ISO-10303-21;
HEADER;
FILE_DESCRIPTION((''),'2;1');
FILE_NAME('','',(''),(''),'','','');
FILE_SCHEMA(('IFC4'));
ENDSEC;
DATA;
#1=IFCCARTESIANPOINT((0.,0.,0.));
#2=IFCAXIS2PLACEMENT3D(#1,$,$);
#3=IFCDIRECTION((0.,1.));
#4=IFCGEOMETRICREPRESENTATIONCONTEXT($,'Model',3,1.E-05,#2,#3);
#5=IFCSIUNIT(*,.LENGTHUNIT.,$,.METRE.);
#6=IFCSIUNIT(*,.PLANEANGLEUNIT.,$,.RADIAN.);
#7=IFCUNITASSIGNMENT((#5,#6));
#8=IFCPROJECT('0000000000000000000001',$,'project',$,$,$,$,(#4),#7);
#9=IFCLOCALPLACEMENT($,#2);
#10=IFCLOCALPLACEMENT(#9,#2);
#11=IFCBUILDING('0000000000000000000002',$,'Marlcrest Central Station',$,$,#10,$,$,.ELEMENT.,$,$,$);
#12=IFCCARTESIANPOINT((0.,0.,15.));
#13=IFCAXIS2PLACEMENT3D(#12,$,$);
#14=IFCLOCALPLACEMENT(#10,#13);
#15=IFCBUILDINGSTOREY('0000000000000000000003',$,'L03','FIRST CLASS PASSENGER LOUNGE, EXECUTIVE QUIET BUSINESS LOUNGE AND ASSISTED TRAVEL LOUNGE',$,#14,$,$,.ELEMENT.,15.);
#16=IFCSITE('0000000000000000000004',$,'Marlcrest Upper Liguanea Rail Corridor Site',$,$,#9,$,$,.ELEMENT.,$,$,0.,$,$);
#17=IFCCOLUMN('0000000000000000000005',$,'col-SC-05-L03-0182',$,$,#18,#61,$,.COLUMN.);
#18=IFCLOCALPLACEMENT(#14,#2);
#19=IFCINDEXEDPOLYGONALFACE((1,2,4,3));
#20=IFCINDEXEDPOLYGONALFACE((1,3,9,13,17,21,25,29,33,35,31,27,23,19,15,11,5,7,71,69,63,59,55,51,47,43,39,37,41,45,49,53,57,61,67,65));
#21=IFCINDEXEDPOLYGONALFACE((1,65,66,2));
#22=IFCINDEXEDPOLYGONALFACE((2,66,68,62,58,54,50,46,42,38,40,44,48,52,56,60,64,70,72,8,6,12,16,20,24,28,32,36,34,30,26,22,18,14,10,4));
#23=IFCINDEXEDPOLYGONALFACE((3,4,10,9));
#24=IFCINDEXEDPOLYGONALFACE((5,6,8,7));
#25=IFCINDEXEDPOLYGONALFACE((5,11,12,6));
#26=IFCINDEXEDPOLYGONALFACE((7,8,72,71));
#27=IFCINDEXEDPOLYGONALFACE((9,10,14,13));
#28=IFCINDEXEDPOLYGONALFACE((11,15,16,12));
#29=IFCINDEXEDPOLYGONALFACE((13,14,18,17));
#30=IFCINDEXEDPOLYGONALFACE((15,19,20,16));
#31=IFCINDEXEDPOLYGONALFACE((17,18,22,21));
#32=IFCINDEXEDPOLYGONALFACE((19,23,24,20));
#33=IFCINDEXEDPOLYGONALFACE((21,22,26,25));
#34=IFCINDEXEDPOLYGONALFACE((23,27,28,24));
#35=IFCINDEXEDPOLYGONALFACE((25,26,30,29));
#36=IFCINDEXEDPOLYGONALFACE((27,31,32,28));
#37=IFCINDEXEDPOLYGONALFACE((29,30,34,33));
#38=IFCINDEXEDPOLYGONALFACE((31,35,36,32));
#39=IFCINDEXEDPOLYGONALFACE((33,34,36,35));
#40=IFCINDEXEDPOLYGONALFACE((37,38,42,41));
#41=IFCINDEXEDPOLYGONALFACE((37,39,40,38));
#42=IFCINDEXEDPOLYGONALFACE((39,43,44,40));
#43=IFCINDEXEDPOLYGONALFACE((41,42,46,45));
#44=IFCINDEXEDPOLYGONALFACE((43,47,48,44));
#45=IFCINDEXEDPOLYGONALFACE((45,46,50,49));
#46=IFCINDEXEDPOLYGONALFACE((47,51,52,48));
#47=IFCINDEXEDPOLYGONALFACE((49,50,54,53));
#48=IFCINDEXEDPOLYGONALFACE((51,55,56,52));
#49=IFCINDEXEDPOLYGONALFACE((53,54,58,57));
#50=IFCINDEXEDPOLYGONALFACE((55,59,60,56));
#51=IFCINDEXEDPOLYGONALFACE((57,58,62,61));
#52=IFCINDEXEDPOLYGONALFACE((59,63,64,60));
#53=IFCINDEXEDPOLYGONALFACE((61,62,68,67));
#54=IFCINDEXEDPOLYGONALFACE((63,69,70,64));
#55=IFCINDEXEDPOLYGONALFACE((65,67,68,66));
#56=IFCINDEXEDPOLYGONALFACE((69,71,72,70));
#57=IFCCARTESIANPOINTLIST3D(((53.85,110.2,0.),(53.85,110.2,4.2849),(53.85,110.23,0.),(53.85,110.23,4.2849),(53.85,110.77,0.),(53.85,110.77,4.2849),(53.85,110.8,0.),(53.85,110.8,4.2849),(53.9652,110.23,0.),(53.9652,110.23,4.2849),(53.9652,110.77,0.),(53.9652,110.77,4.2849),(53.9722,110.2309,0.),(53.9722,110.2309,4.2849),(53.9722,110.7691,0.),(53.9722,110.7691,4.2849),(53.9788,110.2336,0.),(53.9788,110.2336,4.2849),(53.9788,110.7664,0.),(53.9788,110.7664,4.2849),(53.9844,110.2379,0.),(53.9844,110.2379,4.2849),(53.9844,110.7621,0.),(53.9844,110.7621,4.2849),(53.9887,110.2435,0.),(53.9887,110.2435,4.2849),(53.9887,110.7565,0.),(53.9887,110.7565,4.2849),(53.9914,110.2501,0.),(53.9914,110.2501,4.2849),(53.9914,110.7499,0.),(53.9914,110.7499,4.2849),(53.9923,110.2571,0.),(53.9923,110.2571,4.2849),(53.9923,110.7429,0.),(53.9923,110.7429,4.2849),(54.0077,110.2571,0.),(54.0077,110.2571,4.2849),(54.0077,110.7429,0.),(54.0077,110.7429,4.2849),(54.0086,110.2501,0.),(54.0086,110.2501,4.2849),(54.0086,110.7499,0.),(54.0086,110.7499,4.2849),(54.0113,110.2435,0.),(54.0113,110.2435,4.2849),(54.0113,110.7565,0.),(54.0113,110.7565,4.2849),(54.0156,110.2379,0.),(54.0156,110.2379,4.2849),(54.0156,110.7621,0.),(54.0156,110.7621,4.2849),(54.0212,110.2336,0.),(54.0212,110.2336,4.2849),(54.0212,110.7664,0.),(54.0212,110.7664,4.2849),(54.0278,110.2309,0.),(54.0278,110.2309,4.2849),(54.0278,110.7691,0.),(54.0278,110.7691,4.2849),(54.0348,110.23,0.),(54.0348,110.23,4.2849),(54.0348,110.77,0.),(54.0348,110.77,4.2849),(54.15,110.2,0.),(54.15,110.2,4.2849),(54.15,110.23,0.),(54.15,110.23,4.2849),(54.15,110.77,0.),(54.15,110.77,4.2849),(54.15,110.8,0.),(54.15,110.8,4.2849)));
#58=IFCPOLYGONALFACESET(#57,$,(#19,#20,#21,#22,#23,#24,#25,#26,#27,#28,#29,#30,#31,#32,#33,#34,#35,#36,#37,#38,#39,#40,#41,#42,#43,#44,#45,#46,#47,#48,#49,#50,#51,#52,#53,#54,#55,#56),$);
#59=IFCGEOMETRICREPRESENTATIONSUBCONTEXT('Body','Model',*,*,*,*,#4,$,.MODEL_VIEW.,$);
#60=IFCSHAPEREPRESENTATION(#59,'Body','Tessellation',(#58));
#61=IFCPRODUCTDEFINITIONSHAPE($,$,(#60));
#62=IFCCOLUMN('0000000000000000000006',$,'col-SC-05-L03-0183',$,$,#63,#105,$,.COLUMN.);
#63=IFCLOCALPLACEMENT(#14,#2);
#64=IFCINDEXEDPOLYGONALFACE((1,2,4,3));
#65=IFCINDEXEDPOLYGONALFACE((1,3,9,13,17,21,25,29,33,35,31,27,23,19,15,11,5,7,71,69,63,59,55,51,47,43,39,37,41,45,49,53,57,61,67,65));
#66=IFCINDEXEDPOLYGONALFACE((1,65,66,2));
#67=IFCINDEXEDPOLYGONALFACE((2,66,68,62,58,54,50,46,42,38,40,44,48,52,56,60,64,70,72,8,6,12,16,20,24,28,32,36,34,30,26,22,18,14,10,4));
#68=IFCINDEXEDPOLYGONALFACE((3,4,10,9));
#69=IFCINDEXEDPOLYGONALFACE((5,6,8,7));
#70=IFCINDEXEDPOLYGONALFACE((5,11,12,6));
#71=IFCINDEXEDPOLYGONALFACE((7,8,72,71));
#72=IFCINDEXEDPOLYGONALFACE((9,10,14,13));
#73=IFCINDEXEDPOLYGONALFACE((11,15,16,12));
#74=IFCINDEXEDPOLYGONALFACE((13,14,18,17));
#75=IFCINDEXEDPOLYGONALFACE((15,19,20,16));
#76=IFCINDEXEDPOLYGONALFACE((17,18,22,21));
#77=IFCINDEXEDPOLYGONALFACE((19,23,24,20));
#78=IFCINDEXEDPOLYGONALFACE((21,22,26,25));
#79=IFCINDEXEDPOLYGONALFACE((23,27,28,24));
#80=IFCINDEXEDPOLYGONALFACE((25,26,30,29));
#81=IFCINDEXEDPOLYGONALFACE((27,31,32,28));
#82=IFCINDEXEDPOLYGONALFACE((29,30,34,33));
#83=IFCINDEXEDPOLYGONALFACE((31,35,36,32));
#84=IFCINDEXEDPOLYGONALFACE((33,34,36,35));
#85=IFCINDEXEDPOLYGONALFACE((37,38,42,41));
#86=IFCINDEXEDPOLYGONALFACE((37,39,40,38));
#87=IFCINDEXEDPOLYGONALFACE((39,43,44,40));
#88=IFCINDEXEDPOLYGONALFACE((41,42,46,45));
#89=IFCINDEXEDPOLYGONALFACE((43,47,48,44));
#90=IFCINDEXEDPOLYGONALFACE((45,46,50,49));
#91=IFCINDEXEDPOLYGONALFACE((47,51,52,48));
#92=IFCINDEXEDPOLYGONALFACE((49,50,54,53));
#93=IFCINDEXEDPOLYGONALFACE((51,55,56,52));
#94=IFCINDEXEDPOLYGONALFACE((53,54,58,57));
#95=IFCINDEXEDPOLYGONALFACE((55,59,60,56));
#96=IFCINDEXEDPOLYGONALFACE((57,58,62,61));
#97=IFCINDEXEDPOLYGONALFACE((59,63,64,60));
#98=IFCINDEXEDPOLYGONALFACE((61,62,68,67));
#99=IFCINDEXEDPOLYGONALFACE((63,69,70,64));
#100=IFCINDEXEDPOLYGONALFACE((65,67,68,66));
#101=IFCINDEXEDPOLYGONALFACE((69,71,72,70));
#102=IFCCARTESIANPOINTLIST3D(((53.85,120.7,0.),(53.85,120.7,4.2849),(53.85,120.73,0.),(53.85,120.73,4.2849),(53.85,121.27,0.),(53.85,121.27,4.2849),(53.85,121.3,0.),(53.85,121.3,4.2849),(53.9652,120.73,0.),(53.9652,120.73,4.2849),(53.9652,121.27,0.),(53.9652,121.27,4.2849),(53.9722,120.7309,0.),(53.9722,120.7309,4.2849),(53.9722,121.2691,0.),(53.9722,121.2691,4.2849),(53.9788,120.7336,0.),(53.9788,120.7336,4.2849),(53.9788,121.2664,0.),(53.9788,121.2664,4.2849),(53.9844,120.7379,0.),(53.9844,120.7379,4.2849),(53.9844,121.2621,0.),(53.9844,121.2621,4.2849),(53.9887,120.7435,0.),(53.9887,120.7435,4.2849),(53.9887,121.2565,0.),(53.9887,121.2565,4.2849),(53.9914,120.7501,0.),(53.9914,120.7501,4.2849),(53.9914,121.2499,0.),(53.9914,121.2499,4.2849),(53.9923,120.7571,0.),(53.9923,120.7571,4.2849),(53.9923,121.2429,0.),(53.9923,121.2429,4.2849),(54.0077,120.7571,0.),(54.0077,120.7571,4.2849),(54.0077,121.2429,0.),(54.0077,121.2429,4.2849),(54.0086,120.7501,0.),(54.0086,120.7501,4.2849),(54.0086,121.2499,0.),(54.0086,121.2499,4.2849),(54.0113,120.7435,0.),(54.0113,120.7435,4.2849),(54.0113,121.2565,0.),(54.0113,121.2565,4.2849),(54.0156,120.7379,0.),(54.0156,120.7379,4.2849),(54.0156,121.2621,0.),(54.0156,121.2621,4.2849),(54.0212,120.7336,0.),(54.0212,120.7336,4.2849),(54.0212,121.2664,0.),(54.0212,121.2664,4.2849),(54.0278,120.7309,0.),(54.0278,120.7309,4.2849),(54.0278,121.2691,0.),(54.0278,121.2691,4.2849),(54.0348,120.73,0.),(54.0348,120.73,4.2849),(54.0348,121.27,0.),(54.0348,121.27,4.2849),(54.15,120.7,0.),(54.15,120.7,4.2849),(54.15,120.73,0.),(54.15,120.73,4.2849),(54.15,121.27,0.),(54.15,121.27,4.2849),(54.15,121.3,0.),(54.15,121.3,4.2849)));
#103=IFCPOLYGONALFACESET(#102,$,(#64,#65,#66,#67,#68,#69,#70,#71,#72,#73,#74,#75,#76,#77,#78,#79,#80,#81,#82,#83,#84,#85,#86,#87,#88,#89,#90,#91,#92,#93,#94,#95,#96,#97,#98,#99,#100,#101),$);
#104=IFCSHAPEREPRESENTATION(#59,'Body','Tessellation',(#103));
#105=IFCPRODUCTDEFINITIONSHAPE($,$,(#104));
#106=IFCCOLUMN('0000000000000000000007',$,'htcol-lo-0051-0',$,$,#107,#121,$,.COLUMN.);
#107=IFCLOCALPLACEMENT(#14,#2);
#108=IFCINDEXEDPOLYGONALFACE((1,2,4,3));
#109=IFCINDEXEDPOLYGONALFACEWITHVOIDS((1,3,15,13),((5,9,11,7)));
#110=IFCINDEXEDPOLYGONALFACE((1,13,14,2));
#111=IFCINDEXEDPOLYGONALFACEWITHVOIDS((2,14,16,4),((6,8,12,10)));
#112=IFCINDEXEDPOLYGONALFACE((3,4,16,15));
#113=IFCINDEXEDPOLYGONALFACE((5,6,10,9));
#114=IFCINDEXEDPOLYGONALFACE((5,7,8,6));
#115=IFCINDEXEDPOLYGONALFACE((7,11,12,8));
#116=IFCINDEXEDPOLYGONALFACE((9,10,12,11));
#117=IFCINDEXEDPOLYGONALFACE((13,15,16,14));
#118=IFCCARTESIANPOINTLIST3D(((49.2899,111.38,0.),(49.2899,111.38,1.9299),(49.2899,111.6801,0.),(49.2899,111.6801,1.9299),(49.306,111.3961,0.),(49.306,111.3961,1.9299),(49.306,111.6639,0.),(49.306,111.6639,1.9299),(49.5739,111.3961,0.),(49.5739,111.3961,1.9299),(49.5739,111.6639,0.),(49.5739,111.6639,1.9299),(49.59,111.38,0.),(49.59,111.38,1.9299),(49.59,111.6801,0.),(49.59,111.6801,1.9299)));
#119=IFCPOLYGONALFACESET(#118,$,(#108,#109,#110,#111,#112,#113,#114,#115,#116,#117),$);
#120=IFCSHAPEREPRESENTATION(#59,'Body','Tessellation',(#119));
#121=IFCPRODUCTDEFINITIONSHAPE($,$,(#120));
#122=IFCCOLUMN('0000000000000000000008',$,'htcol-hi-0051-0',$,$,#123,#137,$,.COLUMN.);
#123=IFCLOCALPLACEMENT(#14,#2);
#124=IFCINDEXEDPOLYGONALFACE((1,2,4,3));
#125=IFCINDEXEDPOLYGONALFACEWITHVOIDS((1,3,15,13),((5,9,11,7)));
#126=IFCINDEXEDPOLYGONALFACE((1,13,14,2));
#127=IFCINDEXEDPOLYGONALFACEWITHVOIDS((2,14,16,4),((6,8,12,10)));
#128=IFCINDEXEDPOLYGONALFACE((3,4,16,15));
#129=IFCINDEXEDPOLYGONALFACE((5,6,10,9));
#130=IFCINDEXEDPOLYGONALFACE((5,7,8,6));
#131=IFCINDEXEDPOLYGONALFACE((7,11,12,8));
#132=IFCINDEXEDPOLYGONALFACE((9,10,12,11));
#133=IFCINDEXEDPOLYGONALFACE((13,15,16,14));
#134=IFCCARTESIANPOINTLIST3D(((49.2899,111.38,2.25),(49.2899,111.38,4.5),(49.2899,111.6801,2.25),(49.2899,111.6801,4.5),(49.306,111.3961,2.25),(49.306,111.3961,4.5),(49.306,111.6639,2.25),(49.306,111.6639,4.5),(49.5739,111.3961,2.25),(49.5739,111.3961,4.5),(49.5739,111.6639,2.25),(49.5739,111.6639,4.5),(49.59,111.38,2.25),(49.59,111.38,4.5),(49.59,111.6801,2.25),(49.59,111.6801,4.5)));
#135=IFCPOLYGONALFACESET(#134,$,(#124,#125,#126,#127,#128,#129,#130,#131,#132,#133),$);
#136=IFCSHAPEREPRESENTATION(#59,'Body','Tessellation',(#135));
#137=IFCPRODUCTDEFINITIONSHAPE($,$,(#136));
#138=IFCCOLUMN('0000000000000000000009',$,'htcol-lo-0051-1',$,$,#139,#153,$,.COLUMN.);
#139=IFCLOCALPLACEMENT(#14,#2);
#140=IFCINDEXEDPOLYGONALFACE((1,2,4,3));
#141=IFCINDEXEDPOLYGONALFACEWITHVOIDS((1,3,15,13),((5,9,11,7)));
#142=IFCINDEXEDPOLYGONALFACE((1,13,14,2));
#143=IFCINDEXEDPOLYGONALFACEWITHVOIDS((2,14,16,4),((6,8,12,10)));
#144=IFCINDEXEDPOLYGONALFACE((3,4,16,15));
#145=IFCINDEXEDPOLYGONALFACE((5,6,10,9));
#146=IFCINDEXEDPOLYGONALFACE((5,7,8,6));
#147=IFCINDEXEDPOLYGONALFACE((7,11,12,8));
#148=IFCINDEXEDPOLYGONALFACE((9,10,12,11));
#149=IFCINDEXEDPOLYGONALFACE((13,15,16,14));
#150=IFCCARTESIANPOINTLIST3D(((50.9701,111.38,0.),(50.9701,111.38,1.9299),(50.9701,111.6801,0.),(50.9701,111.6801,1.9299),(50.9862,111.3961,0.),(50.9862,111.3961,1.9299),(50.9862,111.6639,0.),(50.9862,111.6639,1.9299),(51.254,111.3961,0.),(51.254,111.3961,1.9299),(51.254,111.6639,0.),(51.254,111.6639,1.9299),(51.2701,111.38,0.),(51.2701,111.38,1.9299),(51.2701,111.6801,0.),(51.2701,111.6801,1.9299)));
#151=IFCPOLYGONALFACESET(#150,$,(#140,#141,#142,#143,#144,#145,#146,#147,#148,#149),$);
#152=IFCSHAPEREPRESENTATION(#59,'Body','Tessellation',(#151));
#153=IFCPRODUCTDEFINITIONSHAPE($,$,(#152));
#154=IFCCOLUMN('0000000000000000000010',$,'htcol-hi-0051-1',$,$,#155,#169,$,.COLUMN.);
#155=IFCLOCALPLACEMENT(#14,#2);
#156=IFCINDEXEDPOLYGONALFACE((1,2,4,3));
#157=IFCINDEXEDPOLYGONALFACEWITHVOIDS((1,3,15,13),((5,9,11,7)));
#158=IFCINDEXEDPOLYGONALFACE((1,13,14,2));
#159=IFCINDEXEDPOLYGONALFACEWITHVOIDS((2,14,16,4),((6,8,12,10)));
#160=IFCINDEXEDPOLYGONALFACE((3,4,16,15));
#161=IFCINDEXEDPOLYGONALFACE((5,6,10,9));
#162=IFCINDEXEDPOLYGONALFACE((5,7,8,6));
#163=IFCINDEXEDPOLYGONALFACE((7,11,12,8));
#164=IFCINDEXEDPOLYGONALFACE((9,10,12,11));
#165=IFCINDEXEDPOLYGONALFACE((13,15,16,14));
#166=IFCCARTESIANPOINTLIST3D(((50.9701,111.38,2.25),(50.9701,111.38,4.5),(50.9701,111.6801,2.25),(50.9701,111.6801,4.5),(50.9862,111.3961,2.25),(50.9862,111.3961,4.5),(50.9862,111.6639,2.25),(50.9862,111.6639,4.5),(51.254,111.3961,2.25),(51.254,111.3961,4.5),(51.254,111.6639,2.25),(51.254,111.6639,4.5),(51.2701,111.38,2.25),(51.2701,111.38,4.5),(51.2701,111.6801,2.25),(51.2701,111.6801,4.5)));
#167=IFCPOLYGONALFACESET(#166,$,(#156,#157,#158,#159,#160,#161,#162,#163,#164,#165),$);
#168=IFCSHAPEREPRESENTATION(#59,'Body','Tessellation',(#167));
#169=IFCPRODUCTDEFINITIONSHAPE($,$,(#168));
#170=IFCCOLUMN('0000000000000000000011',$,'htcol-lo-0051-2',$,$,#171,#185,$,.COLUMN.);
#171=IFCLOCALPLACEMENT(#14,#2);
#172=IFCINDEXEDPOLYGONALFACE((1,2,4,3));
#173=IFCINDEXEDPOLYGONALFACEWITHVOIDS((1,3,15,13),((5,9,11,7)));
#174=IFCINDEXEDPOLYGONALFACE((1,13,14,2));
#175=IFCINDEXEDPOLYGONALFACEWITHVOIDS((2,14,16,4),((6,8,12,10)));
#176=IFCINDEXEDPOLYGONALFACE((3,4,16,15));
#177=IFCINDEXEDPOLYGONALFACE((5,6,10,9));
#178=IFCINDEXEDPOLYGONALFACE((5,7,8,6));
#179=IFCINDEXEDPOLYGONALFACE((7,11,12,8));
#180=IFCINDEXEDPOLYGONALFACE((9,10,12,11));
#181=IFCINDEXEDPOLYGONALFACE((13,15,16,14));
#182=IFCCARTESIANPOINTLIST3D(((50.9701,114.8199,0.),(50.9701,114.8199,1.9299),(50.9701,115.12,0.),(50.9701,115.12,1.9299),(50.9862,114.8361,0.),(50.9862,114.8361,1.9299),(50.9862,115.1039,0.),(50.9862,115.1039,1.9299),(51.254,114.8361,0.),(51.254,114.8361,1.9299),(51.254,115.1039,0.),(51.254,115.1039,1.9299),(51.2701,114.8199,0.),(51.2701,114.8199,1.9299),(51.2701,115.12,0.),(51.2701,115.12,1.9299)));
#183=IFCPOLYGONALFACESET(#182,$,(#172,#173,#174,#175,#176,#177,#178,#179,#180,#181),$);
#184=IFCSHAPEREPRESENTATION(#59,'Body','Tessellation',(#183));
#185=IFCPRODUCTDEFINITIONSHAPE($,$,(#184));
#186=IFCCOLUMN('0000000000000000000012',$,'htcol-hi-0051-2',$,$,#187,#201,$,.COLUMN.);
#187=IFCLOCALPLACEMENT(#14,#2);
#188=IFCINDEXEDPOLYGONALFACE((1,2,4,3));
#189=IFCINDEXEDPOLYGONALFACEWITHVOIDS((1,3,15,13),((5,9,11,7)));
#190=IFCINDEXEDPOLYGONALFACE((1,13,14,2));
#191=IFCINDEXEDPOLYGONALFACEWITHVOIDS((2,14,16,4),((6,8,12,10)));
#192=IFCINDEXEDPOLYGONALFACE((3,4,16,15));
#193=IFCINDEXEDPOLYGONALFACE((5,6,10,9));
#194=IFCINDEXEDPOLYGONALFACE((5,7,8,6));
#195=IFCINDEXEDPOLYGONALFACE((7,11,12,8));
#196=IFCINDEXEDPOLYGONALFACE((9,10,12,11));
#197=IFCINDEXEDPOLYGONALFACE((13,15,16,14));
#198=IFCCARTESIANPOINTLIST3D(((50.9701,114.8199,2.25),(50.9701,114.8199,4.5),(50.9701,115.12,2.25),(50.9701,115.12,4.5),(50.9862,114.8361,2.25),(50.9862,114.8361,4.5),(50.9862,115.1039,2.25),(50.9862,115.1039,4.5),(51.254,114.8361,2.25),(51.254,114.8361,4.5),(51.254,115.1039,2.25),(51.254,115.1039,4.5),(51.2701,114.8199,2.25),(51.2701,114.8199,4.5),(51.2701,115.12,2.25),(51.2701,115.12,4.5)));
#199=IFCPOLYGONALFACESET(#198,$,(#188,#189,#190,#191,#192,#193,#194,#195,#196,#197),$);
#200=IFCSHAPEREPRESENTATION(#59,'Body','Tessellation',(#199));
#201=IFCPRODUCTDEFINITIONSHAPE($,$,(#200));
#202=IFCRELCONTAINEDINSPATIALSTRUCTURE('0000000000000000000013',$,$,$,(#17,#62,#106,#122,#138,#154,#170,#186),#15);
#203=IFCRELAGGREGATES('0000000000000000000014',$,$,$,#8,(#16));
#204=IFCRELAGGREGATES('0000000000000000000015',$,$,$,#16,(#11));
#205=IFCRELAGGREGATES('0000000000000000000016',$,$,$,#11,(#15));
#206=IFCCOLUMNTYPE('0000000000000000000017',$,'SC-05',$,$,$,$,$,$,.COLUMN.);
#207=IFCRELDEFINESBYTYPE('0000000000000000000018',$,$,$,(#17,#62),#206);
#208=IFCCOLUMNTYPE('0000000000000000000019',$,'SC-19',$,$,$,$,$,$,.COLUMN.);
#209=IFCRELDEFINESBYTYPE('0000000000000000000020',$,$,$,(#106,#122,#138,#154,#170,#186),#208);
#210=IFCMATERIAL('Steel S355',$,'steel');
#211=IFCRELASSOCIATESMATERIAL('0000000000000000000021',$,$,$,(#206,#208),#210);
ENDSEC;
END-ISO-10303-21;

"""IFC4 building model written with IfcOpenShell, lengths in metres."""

from ifc_helpers import new_model, si_unit, direction, frame, origin, origin_2d, place, context, subcontext, project, spatial, hollow_rectangle, i_section, extrude, material, material_profile, profile_set, type_object, element, save


model = new_model("IFC4")

# Units and contexts
model_context = context("Model", 3, precision=1e-05, world=origin(), true_north=direction((0.0, 1.0)))
body_context = subcontext(model_context, "Body", "Model", "MODEL_VIEW")
ifc_project = project(units=[si_unit("LENGTHUNIT", "METRE"), si_unit("PLANEANGLEUNIT", "RADIAN")], contexts=[model_context])

# Site, building, storey
site_placement = place(None, origin())
site = spatial("IfcSite", under=ifc_project, at=site_placement, Name="Marlcrest Upper Liguanea Rail Corridor Site", CompositionType="ELEMENT", RefElevation=0.0)
building_placement = place(site_placement, origin())
building = spatial("IfcBuilding", under=site, at=building_placement, Name="Marlcrest Central Station", CompositionType="ELEMENT")
storey_placement = place(building_placement, frame((0.0, 0.0, 15.0)))
storey = spatial("IfcBuildingStorey", under=building, at=storey_placement, Name="L03", Description="FIRST CLASS PASSENGER LOUNGE, EXECUTIVE QUIET BUSINESS LOUNGE AND ASSISTED TRAVEL LOUNGE", CompositionType="ELEMENT", Elevation=15.0)

# Columns
ifc_material_1 = material(Name="Steel S355", Category="steel")
ifc_material_profile_1 = material_profile(ifc_material_1, i_section(OverallWidth=0.3, OverallDepth=0.6001, WebThickness=0.0154, FlangeThickness=0.03, FilletRadius=0.0271, at=origin_2d()), Name="HEB 600")
ifc_profile_set_1 = profile_set([ifc_material_profile_1], Name="Steel S355")
column_type_1 = type_object("IfcColumnType", Name="SC-05", PredefinedType="COLUMN", material=ifc_profile_set_1)
for number, where, z_axis, x_axis, name in (
    (1, (54.0, 110.5, 0.0), (0.0, 0.0, 1.0), (1.0, 0.0, 0.0), "col-SC-05-L03-0182"),
    (2, (54.0, 121.0, 0.0), (0.0, 0.0, 1.0), (1.0, 0.0, 0.0), "col-SC-05-L03-0183"),
):
    element("IfcColumn", number, at=place(storey_placement, frame(where, z_axis=z_axis, x_axis=x_axis)), inside=storey, type_object=column_type_1, Name=name, PredefinedType="COLUMN", context=body_context, shape_type="SweptSolid", body=[
        extrude(i_section(OverallWidth=0.3, OverallDepth=0.6001, WebThickness=0.0154, FlangeThickness=0.03, FilletRadius=0.0271, at=origin_2d()), origin(), (0.0, 0.0, 1.0), 4.2849),
    ])
ifc_material_profile_2 = material_profile(ifc_material_1, hollow_rectangle(XDim=0.3, YDim=0.3, WallThickness=0.0161, at=origin_2d()), Name="SHS 300x300x16")
ifc_profile_set_2 = profile_set([ifc_material_profile_2], Name="Steel S355")
column_type_2 = type_object("IfcColumnType", Name="SC-19", PredefinedType="COLUMN", material=ifc_profile_set_2)
column_1_placement = place(storey_placement, frame((49.4399, 111.53, 0.0), z_axis=(0.0, 0.0, 1.0), x_axis=(1.0, 0.0, 0.0)))
element("IfcColumn", 3, at=column_1_placement, inside=storey, type_object=column_type_2, Name="htcol-lo-0051-0", PredefinedType="COLUMN", context=body_context, shape_type="SweptSolid", body=[
    extrude(hollow_rectangle(XDim=0.3, YDim=0.3, WallThickness=0.0161, at=origin_2d()), origin(), (0.0, 0.0, 1.0), 1.9299),
])
column_2_placement = place(storey_placement, frame((49.4399, 111.53, 2.25), z_axis=(0.0, 0.0, 1.0), x_axis=(1.0, 0.0, 0.0)))
element("IfcColumn", 4, at=column_2_placement, inside=storey, type_object=column_type_2, Name="htcol-hi-0051-0", PredefinedType="COLUMN", context=body_context, shape_type="SweptSolid", body=[
    extrude(hollow_rectangle(XDim=0.3, YDim=0.3, WallThickness=0.0161, at=origin_2d()), origin(), (0.0, 0.0, 1.0), 2.25),
])
column_3_placement = place(storey_placement, frame((51.1201, 111.53, 0.0), z_axis=(0.0, 0.0, 1.0), x_axis=(1.0, 0.0, 0.0)))
element("IfcColumn", 5, at=column_3_placement, inside=storey, type_object=column_type_2, Name="htcol-lo-0051-1", PredefinedType="COLUMN", context=body_context, shape_type="SweptSolid", body=[
    extrude(hollow_rectangle(XDim=0.3, YDim=0.3, WallThickness=0.0161, at=origin_2d()), origin(), (0.0, 0.0, 1.0), 1.9299),
])
column_4_placement = place(storey_placement, frame((51.1201, 111.53, 2.25), z_axis=(0.0, 0.0, 1.0), x_axis=(1.0, 0.0, 0.0)))
element("IfcColumn", 6, at=column_4_placement, inside=storey, type_object=column_type_2, Name="htcol-hi-0051-1", PredefinedType="COLUMN", context=body_context, shape_type="SweptSolid", body=[
    extrude(hollow_rectangle(XDim=0.3, YDim=0.3, WallThickness=0.0161, at=origin_2d()), origin(), (0.0, 0.0, 1.0), 2.25),
])
column_5_placement = place(storey_placement, frame((51.1201, 114.97, 0.0), z_axis=(0.0, 0.0, 1.0), x_axis=(1.0, 0.0, 0.0)))
element("IfcColumn", 7, at=column_5_placement, inside=storey, type_object=column_type_2, Name="htcol-lo-0051-2", PredefinedType="COLUMN", context=body_context, shape_type="SweptSolid", body=[
    extrude(hollow_rectangle(XDim=0.3, YDim=0.3, WallThickness=0.0161, at=origin_2d()), origin(), (0.0, 0.0, 1.0), 1.9299),
])
column_6_placement = place(storey_placement, frame((51.1201, 114.97, 2.25), z_axis=(0.0, 0.0, 1.0), x_axis=(1.0, 0.0, 0.0)))
element("IfcColumn", 8, at=column_6_placement, inside=storey, type_object=column_type_2, Name="htcol-hi-0051-2", PredefinedType="COLUMN", context=body_context, shape_type="SweptSolid", body=[
    extrude(hollow_rectangle(XDim=0.3, YDim=0.3, WallThickness=0.0161, at=origin_2d()), origin(), (0.0, 0.0, 1.0), 2.25),
])

save(model, "model.ifc")
